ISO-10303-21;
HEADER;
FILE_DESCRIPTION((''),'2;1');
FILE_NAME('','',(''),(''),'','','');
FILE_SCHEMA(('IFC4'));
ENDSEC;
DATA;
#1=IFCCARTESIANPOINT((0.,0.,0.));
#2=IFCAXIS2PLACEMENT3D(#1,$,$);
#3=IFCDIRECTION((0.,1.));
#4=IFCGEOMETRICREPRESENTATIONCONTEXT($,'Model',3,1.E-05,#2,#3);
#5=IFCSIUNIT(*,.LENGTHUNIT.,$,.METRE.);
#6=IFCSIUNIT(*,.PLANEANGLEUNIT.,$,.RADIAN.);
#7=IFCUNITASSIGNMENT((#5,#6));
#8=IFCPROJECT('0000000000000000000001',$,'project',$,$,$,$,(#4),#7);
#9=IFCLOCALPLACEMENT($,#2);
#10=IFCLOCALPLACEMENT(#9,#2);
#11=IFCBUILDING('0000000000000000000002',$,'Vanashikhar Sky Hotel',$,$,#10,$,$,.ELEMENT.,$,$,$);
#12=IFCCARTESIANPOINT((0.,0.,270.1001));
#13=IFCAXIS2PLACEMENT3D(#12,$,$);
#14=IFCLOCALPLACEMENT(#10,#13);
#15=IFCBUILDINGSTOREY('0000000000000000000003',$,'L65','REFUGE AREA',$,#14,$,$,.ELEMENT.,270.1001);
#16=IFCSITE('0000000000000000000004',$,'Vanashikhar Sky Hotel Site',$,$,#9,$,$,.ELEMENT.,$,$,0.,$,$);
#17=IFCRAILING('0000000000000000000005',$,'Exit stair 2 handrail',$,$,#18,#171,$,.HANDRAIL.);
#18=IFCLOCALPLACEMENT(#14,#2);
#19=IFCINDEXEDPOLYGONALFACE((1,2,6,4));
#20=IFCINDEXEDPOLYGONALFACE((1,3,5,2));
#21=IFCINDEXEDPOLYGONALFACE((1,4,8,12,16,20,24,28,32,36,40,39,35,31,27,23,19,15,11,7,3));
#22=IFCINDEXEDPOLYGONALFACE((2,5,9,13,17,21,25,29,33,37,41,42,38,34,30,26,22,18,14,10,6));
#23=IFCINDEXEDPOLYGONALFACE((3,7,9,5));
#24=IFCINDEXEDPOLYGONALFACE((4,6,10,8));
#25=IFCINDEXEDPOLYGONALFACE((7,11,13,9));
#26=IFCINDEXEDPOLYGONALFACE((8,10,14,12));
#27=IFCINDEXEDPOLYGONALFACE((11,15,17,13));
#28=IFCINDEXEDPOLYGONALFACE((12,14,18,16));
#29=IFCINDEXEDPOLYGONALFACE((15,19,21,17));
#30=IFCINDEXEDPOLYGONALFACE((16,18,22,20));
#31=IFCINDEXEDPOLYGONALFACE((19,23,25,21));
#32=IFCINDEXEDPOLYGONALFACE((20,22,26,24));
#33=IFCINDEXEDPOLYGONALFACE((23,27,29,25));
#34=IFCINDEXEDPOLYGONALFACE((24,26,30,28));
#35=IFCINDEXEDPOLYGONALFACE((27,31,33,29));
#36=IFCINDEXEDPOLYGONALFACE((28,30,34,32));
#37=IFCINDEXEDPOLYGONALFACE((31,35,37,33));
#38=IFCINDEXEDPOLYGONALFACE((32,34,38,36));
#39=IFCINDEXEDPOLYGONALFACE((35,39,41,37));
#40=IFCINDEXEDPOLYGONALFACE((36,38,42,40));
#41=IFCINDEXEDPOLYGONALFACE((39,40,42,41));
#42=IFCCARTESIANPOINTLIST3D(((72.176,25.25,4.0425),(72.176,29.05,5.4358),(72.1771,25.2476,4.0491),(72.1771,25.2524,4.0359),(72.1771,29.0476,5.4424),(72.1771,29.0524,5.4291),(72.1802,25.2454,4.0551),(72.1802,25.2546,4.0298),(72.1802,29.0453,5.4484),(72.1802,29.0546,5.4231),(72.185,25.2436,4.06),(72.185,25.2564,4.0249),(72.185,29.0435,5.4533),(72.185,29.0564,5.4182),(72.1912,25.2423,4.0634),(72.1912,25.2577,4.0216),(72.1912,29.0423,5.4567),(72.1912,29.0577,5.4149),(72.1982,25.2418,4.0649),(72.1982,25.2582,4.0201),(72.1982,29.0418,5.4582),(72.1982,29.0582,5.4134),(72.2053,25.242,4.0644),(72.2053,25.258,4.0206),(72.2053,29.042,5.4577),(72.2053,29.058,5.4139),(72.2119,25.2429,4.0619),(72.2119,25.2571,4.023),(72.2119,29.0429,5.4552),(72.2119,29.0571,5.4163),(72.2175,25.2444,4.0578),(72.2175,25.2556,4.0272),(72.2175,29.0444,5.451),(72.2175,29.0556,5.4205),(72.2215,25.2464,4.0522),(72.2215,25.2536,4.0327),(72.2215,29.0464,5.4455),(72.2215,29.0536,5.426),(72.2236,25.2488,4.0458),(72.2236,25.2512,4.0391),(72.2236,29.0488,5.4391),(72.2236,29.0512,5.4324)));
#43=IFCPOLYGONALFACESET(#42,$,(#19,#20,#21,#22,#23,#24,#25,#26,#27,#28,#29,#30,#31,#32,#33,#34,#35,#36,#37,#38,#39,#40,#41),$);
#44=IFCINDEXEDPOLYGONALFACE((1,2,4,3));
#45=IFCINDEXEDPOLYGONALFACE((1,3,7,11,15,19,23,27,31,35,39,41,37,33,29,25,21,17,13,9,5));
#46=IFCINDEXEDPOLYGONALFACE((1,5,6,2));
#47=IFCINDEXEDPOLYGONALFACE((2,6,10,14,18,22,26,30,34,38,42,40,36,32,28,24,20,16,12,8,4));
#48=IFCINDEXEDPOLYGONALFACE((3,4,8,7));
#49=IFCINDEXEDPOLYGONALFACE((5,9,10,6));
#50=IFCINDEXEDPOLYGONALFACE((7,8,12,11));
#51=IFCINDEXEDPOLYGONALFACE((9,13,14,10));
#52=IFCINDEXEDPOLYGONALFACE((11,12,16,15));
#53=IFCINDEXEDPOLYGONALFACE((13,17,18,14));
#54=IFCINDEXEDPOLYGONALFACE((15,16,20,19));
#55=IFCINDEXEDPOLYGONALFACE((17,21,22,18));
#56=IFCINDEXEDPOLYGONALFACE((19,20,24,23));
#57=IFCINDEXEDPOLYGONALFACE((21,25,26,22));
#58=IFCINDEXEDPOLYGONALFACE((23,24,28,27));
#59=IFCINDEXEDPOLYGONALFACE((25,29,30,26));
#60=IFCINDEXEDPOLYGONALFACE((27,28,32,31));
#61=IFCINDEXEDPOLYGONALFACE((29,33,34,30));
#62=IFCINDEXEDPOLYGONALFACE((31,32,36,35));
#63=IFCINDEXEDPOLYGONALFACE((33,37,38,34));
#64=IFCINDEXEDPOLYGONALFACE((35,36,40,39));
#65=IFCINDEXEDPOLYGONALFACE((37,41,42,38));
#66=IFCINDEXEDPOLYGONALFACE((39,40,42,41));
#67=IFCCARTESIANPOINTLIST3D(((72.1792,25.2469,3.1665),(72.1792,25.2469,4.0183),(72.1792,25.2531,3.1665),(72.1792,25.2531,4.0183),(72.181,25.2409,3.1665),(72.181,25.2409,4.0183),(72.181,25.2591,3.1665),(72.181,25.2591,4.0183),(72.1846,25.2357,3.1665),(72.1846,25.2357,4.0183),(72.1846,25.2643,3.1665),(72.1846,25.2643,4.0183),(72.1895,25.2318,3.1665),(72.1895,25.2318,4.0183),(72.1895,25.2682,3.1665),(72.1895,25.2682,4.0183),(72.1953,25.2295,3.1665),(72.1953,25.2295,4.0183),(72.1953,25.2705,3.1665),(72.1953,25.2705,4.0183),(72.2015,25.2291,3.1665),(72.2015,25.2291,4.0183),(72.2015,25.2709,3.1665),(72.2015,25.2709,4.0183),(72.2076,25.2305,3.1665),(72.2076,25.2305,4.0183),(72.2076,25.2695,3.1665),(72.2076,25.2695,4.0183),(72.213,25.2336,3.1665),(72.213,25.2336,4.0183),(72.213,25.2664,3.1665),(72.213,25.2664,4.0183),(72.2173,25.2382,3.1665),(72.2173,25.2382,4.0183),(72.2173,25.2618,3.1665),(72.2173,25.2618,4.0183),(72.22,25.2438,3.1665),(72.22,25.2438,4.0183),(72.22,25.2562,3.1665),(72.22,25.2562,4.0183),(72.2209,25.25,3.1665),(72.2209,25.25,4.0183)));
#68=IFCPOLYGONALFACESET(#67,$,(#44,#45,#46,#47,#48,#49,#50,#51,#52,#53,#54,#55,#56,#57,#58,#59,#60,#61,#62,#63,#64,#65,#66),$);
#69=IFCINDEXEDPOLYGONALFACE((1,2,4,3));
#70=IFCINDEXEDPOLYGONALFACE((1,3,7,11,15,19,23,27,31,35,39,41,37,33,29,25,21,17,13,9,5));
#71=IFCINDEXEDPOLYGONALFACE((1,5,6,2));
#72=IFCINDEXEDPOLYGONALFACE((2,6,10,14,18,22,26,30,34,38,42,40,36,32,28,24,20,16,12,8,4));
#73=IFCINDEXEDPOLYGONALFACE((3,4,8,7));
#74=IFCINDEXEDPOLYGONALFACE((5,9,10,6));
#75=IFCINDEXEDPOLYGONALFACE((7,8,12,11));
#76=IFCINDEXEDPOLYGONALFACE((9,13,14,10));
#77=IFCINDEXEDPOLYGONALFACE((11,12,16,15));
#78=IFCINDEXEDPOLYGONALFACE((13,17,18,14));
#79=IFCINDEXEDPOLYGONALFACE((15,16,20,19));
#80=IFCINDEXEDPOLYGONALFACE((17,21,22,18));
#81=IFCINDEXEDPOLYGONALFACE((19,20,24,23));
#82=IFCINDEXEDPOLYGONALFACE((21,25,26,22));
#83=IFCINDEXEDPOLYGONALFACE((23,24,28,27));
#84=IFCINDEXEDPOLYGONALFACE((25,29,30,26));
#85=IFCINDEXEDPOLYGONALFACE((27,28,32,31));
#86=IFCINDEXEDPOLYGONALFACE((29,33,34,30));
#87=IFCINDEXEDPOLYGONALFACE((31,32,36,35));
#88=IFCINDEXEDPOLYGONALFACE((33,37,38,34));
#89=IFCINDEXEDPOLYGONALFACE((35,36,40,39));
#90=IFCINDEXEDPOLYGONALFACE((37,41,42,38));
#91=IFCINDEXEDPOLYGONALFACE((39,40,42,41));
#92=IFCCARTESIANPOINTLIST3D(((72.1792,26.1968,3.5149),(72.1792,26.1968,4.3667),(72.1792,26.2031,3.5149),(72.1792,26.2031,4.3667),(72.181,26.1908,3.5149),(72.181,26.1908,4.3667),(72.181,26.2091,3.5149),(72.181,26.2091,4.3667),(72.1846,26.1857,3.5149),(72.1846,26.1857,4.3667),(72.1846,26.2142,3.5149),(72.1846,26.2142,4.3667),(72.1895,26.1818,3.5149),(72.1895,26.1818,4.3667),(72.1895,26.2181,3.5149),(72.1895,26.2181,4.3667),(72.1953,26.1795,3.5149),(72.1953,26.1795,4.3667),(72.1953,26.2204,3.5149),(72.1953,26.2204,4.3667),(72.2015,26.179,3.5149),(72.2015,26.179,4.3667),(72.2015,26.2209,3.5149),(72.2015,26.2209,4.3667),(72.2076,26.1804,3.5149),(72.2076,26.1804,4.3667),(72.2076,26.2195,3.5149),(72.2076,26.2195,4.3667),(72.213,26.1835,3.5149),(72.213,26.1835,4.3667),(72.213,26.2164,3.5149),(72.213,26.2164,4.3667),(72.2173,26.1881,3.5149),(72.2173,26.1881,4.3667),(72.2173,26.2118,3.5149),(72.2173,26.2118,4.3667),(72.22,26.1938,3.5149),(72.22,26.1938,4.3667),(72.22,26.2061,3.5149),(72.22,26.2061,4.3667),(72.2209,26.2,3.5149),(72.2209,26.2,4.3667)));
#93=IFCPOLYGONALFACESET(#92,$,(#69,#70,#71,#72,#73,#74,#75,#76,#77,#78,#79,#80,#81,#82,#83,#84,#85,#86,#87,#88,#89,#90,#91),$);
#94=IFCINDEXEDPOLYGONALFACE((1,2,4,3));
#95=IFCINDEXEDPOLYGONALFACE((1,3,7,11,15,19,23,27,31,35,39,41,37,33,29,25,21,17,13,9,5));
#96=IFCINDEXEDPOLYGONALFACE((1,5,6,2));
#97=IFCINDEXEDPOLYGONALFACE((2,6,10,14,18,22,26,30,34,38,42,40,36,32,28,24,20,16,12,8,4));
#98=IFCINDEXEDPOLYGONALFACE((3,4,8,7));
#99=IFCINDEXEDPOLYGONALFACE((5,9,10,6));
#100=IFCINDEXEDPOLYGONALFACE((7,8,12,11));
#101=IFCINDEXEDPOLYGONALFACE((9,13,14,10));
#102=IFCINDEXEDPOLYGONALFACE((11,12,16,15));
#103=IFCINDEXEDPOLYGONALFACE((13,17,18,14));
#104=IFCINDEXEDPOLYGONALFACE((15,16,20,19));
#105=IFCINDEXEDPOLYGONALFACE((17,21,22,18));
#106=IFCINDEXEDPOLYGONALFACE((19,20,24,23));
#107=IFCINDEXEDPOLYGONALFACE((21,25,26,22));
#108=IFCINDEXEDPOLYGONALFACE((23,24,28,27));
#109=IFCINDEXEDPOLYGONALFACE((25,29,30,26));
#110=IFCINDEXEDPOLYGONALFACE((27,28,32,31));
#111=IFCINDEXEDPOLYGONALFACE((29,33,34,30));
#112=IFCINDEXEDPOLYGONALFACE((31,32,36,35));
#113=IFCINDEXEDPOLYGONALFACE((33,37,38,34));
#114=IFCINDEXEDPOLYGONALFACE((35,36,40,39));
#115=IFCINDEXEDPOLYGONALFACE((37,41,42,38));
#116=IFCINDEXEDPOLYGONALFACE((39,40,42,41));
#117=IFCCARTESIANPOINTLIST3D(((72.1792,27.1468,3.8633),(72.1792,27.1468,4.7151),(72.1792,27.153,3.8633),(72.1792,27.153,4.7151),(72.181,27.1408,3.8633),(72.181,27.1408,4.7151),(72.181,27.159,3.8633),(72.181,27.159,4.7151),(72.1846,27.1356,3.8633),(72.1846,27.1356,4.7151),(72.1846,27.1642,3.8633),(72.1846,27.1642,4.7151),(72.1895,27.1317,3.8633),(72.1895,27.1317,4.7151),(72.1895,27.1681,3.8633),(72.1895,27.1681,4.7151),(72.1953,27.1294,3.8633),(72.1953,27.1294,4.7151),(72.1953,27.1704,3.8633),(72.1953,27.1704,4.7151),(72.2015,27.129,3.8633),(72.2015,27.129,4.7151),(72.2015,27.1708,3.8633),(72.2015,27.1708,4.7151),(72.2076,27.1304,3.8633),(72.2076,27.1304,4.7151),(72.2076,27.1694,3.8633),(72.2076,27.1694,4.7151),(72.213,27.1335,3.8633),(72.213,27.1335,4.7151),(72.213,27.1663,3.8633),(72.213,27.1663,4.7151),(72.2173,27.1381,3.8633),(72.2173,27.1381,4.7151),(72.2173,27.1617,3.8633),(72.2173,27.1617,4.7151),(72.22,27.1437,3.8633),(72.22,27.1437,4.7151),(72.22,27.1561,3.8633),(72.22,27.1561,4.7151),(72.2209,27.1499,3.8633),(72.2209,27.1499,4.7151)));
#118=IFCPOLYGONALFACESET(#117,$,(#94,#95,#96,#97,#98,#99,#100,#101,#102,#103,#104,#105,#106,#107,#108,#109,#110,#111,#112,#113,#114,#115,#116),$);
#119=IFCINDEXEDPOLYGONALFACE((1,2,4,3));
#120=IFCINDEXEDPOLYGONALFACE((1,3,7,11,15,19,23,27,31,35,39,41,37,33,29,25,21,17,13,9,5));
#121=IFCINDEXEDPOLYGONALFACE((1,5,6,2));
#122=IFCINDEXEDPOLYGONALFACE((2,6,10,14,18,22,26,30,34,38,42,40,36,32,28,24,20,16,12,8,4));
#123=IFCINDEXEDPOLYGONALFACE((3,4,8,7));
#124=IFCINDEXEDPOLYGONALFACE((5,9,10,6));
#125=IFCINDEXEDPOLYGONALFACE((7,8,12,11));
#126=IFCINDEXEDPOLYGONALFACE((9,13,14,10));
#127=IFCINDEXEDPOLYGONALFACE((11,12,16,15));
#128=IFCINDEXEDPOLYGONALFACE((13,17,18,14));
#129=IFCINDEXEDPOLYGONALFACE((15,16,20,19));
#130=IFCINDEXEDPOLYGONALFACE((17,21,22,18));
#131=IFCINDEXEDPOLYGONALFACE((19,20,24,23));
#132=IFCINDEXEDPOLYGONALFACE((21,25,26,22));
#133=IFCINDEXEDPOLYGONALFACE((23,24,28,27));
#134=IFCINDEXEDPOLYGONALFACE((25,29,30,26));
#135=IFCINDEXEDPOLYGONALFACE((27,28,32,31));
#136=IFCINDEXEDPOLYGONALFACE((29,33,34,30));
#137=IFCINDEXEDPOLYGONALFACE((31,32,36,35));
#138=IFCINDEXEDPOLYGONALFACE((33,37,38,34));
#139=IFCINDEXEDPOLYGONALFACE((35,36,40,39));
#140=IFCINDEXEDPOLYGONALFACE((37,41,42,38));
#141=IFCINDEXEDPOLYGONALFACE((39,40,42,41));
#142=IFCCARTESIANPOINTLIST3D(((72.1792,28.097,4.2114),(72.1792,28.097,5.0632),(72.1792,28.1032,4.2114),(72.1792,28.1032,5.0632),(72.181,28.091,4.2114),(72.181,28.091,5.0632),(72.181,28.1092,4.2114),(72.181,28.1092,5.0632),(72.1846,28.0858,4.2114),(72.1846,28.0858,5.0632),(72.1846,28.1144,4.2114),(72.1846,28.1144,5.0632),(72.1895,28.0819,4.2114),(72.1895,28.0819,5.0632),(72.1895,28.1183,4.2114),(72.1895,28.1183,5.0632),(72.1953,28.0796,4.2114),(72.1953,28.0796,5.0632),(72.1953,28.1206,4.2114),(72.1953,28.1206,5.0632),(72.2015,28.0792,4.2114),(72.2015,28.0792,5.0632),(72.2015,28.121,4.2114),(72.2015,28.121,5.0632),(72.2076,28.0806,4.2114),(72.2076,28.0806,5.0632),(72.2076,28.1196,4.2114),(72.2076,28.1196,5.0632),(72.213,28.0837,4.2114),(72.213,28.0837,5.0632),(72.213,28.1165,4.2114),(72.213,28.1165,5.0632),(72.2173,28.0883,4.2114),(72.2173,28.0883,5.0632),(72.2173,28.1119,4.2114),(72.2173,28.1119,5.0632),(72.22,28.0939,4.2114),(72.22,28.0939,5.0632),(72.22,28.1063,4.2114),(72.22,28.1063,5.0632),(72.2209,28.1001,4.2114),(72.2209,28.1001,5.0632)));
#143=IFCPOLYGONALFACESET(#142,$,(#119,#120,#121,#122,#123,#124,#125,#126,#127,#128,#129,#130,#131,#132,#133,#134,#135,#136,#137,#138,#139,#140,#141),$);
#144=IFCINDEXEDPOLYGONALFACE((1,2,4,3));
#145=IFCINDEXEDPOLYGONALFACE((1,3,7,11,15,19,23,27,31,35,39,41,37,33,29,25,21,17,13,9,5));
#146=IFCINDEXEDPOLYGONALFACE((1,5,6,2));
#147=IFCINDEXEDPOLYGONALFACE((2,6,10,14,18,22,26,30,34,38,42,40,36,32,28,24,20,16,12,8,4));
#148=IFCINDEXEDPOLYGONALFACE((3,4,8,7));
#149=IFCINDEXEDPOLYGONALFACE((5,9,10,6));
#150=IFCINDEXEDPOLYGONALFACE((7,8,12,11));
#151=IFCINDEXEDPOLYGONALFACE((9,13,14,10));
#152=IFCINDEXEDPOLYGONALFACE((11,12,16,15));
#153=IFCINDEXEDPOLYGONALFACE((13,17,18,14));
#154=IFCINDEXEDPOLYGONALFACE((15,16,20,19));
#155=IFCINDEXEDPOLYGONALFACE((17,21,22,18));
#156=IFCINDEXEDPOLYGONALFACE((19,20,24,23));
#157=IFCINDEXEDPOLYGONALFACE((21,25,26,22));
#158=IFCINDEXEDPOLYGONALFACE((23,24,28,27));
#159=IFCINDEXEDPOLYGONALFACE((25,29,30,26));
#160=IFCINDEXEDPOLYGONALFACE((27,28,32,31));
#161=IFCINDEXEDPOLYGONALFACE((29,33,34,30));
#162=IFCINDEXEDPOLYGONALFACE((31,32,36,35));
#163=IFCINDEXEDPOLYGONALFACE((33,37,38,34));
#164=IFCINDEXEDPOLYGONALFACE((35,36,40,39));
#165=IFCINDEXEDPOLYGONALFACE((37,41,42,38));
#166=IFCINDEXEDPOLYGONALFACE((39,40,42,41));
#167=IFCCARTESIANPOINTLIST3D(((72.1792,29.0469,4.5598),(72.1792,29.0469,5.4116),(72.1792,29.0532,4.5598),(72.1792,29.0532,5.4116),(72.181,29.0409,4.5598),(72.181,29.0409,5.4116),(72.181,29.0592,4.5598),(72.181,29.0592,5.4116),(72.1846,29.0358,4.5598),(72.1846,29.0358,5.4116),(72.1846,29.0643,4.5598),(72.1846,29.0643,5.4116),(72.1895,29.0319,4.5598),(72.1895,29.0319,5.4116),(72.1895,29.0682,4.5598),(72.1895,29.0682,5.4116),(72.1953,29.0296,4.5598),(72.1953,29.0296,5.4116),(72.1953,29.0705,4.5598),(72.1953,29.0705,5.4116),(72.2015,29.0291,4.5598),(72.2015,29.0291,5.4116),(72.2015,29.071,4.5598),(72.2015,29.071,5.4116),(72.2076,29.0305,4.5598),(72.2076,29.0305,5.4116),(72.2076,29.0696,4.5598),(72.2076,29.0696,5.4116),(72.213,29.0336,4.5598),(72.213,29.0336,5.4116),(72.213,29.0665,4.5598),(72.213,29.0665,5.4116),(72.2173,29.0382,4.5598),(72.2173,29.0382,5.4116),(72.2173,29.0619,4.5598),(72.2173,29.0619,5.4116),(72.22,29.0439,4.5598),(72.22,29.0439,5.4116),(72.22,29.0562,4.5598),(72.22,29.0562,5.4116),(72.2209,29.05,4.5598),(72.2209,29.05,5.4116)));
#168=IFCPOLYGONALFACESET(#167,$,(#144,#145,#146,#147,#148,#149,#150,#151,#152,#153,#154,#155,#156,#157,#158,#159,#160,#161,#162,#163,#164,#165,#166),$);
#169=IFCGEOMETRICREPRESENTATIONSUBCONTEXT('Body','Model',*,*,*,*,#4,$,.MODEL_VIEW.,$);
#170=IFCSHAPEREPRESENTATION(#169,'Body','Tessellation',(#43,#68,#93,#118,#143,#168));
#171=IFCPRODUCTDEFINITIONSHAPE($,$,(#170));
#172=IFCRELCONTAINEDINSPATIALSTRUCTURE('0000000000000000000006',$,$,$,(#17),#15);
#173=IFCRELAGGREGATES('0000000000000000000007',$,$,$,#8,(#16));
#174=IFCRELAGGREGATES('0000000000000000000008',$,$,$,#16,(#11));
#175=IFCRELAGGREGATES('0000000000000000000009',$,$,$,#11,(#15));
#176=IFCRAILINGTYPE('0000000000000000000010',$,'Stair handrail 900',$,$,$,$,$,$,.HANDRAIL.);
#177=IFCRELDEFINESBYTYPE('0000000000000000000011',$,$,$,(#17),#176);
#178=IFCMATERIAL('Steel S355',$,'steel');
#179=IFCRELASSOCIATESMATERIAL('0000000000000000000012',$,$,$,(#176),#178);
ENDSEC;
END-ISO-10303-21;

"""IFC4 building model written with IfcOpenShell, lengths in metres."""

from ifc_helpers import new_model, si_unit, direction, frame, origin, origin_2d, place, context, subcontext, project, spatial, circle, extrude, source, transform, mapped, material, type_object, element, save


model = new_model("IFC4")

# Units and contexts
model_context = context("Model", 3, precision=1e-05, world=origin(), true_north=direction((0.0, 1.0)))
body_context = subcontext(model_context, "Body", "Model", "MODEL_VIEW")
ifc_project = project(units=[si_unit("LENGTHUNIT", "METRE"), si_unit("PLANEANGLEUNIT", "RADIAN")], contexts=[model_context])

# Site, building, storey
site_placement = place(None, origin())
site = spatial("IfcSite", under=ifc_project, at=site_placement, Name="Vanashikhar Sky Hotel Site", CompositionType="ELEMENT", RefElevation=0.0)
building_placement = place(site_placement, origin())
building = spatial("IfcBuilding", under=site, at=building_placement, Name="Vanashikhar Sky Hotel", CompositionType="ELEMENT")
storey_placement = place(building_placement, frame((0.0, 0.0, 270.1001)))
storey = spatial("IfcBuildingStorey", under=building, at=storey_placement, Name="L65", Description="REFUGE AREA", CompositionType="ELEMENT", Elevation=270.1001)

# Railing
ifc_material_1 = material(Name="Steel S355", Category="steel")
railing_type_1 = type_object("IfcRailingType", Name="Stair handrail 900", PredefinedType="HANDRAIL", material=ifc_material_1)
shared_shape_1 = source(origin(), body_context, "Body", "SweptSolid", [
    extrude(circle(Radius=0.0239, at=origin_2d()), frame((0.0, 0.0, 0.876), z_axis=(0.0, 0.93888, 0.344246), x_axis=(-1.0, 0.0, 0.0)), (0.0, 0.0, 1.0), 4.0474),
    extrude(circle(Radius=0.021, at=origin_2d()), origin(), (0.0, 0.0, 1.0), 0.8518),
    extrude(circle(Radius=0.021, at=origin_2d()), frame((0.0, 0.95, 0.3484)), (0.0, 0.0, 1.0), 0.8518),
    extrude(circle(Radius=0.021, at=origin_2d()), frame((0.0, 1.8999, 0.6968)), (0.0, 0.0, 1.0), 0.8518),
    extrude(circle(Radius=0.021, at=origin_2d()), frame((0.0, 2.8501, 1.0449)), (0.0, 0.0, 1.0), 0.8518),
    extrude(circle(Radius=0.021, at=origin_2d()), frame((0.0, 3.8, 1.3933)), (0.0, 0.0, 1.0), 0.8518),
])
for number, where, name in (
    (1, (72.2, 25.25, 3.1665), "Exit stair 2 handrail"),
):
    element("IfcRailing", number, at=place(storey_placement, frame(where)), inside=storey, type_object=railing_type_1, Name=name, PredefinedType="HANDRAIL", context=body_context, shape_type="MappedRepresentation", body=[
        mapped(shared_shape_1, transform((0.0, 0.0, 0.0), scale=1.0)),
    ])

save(model, "model.ifc")
